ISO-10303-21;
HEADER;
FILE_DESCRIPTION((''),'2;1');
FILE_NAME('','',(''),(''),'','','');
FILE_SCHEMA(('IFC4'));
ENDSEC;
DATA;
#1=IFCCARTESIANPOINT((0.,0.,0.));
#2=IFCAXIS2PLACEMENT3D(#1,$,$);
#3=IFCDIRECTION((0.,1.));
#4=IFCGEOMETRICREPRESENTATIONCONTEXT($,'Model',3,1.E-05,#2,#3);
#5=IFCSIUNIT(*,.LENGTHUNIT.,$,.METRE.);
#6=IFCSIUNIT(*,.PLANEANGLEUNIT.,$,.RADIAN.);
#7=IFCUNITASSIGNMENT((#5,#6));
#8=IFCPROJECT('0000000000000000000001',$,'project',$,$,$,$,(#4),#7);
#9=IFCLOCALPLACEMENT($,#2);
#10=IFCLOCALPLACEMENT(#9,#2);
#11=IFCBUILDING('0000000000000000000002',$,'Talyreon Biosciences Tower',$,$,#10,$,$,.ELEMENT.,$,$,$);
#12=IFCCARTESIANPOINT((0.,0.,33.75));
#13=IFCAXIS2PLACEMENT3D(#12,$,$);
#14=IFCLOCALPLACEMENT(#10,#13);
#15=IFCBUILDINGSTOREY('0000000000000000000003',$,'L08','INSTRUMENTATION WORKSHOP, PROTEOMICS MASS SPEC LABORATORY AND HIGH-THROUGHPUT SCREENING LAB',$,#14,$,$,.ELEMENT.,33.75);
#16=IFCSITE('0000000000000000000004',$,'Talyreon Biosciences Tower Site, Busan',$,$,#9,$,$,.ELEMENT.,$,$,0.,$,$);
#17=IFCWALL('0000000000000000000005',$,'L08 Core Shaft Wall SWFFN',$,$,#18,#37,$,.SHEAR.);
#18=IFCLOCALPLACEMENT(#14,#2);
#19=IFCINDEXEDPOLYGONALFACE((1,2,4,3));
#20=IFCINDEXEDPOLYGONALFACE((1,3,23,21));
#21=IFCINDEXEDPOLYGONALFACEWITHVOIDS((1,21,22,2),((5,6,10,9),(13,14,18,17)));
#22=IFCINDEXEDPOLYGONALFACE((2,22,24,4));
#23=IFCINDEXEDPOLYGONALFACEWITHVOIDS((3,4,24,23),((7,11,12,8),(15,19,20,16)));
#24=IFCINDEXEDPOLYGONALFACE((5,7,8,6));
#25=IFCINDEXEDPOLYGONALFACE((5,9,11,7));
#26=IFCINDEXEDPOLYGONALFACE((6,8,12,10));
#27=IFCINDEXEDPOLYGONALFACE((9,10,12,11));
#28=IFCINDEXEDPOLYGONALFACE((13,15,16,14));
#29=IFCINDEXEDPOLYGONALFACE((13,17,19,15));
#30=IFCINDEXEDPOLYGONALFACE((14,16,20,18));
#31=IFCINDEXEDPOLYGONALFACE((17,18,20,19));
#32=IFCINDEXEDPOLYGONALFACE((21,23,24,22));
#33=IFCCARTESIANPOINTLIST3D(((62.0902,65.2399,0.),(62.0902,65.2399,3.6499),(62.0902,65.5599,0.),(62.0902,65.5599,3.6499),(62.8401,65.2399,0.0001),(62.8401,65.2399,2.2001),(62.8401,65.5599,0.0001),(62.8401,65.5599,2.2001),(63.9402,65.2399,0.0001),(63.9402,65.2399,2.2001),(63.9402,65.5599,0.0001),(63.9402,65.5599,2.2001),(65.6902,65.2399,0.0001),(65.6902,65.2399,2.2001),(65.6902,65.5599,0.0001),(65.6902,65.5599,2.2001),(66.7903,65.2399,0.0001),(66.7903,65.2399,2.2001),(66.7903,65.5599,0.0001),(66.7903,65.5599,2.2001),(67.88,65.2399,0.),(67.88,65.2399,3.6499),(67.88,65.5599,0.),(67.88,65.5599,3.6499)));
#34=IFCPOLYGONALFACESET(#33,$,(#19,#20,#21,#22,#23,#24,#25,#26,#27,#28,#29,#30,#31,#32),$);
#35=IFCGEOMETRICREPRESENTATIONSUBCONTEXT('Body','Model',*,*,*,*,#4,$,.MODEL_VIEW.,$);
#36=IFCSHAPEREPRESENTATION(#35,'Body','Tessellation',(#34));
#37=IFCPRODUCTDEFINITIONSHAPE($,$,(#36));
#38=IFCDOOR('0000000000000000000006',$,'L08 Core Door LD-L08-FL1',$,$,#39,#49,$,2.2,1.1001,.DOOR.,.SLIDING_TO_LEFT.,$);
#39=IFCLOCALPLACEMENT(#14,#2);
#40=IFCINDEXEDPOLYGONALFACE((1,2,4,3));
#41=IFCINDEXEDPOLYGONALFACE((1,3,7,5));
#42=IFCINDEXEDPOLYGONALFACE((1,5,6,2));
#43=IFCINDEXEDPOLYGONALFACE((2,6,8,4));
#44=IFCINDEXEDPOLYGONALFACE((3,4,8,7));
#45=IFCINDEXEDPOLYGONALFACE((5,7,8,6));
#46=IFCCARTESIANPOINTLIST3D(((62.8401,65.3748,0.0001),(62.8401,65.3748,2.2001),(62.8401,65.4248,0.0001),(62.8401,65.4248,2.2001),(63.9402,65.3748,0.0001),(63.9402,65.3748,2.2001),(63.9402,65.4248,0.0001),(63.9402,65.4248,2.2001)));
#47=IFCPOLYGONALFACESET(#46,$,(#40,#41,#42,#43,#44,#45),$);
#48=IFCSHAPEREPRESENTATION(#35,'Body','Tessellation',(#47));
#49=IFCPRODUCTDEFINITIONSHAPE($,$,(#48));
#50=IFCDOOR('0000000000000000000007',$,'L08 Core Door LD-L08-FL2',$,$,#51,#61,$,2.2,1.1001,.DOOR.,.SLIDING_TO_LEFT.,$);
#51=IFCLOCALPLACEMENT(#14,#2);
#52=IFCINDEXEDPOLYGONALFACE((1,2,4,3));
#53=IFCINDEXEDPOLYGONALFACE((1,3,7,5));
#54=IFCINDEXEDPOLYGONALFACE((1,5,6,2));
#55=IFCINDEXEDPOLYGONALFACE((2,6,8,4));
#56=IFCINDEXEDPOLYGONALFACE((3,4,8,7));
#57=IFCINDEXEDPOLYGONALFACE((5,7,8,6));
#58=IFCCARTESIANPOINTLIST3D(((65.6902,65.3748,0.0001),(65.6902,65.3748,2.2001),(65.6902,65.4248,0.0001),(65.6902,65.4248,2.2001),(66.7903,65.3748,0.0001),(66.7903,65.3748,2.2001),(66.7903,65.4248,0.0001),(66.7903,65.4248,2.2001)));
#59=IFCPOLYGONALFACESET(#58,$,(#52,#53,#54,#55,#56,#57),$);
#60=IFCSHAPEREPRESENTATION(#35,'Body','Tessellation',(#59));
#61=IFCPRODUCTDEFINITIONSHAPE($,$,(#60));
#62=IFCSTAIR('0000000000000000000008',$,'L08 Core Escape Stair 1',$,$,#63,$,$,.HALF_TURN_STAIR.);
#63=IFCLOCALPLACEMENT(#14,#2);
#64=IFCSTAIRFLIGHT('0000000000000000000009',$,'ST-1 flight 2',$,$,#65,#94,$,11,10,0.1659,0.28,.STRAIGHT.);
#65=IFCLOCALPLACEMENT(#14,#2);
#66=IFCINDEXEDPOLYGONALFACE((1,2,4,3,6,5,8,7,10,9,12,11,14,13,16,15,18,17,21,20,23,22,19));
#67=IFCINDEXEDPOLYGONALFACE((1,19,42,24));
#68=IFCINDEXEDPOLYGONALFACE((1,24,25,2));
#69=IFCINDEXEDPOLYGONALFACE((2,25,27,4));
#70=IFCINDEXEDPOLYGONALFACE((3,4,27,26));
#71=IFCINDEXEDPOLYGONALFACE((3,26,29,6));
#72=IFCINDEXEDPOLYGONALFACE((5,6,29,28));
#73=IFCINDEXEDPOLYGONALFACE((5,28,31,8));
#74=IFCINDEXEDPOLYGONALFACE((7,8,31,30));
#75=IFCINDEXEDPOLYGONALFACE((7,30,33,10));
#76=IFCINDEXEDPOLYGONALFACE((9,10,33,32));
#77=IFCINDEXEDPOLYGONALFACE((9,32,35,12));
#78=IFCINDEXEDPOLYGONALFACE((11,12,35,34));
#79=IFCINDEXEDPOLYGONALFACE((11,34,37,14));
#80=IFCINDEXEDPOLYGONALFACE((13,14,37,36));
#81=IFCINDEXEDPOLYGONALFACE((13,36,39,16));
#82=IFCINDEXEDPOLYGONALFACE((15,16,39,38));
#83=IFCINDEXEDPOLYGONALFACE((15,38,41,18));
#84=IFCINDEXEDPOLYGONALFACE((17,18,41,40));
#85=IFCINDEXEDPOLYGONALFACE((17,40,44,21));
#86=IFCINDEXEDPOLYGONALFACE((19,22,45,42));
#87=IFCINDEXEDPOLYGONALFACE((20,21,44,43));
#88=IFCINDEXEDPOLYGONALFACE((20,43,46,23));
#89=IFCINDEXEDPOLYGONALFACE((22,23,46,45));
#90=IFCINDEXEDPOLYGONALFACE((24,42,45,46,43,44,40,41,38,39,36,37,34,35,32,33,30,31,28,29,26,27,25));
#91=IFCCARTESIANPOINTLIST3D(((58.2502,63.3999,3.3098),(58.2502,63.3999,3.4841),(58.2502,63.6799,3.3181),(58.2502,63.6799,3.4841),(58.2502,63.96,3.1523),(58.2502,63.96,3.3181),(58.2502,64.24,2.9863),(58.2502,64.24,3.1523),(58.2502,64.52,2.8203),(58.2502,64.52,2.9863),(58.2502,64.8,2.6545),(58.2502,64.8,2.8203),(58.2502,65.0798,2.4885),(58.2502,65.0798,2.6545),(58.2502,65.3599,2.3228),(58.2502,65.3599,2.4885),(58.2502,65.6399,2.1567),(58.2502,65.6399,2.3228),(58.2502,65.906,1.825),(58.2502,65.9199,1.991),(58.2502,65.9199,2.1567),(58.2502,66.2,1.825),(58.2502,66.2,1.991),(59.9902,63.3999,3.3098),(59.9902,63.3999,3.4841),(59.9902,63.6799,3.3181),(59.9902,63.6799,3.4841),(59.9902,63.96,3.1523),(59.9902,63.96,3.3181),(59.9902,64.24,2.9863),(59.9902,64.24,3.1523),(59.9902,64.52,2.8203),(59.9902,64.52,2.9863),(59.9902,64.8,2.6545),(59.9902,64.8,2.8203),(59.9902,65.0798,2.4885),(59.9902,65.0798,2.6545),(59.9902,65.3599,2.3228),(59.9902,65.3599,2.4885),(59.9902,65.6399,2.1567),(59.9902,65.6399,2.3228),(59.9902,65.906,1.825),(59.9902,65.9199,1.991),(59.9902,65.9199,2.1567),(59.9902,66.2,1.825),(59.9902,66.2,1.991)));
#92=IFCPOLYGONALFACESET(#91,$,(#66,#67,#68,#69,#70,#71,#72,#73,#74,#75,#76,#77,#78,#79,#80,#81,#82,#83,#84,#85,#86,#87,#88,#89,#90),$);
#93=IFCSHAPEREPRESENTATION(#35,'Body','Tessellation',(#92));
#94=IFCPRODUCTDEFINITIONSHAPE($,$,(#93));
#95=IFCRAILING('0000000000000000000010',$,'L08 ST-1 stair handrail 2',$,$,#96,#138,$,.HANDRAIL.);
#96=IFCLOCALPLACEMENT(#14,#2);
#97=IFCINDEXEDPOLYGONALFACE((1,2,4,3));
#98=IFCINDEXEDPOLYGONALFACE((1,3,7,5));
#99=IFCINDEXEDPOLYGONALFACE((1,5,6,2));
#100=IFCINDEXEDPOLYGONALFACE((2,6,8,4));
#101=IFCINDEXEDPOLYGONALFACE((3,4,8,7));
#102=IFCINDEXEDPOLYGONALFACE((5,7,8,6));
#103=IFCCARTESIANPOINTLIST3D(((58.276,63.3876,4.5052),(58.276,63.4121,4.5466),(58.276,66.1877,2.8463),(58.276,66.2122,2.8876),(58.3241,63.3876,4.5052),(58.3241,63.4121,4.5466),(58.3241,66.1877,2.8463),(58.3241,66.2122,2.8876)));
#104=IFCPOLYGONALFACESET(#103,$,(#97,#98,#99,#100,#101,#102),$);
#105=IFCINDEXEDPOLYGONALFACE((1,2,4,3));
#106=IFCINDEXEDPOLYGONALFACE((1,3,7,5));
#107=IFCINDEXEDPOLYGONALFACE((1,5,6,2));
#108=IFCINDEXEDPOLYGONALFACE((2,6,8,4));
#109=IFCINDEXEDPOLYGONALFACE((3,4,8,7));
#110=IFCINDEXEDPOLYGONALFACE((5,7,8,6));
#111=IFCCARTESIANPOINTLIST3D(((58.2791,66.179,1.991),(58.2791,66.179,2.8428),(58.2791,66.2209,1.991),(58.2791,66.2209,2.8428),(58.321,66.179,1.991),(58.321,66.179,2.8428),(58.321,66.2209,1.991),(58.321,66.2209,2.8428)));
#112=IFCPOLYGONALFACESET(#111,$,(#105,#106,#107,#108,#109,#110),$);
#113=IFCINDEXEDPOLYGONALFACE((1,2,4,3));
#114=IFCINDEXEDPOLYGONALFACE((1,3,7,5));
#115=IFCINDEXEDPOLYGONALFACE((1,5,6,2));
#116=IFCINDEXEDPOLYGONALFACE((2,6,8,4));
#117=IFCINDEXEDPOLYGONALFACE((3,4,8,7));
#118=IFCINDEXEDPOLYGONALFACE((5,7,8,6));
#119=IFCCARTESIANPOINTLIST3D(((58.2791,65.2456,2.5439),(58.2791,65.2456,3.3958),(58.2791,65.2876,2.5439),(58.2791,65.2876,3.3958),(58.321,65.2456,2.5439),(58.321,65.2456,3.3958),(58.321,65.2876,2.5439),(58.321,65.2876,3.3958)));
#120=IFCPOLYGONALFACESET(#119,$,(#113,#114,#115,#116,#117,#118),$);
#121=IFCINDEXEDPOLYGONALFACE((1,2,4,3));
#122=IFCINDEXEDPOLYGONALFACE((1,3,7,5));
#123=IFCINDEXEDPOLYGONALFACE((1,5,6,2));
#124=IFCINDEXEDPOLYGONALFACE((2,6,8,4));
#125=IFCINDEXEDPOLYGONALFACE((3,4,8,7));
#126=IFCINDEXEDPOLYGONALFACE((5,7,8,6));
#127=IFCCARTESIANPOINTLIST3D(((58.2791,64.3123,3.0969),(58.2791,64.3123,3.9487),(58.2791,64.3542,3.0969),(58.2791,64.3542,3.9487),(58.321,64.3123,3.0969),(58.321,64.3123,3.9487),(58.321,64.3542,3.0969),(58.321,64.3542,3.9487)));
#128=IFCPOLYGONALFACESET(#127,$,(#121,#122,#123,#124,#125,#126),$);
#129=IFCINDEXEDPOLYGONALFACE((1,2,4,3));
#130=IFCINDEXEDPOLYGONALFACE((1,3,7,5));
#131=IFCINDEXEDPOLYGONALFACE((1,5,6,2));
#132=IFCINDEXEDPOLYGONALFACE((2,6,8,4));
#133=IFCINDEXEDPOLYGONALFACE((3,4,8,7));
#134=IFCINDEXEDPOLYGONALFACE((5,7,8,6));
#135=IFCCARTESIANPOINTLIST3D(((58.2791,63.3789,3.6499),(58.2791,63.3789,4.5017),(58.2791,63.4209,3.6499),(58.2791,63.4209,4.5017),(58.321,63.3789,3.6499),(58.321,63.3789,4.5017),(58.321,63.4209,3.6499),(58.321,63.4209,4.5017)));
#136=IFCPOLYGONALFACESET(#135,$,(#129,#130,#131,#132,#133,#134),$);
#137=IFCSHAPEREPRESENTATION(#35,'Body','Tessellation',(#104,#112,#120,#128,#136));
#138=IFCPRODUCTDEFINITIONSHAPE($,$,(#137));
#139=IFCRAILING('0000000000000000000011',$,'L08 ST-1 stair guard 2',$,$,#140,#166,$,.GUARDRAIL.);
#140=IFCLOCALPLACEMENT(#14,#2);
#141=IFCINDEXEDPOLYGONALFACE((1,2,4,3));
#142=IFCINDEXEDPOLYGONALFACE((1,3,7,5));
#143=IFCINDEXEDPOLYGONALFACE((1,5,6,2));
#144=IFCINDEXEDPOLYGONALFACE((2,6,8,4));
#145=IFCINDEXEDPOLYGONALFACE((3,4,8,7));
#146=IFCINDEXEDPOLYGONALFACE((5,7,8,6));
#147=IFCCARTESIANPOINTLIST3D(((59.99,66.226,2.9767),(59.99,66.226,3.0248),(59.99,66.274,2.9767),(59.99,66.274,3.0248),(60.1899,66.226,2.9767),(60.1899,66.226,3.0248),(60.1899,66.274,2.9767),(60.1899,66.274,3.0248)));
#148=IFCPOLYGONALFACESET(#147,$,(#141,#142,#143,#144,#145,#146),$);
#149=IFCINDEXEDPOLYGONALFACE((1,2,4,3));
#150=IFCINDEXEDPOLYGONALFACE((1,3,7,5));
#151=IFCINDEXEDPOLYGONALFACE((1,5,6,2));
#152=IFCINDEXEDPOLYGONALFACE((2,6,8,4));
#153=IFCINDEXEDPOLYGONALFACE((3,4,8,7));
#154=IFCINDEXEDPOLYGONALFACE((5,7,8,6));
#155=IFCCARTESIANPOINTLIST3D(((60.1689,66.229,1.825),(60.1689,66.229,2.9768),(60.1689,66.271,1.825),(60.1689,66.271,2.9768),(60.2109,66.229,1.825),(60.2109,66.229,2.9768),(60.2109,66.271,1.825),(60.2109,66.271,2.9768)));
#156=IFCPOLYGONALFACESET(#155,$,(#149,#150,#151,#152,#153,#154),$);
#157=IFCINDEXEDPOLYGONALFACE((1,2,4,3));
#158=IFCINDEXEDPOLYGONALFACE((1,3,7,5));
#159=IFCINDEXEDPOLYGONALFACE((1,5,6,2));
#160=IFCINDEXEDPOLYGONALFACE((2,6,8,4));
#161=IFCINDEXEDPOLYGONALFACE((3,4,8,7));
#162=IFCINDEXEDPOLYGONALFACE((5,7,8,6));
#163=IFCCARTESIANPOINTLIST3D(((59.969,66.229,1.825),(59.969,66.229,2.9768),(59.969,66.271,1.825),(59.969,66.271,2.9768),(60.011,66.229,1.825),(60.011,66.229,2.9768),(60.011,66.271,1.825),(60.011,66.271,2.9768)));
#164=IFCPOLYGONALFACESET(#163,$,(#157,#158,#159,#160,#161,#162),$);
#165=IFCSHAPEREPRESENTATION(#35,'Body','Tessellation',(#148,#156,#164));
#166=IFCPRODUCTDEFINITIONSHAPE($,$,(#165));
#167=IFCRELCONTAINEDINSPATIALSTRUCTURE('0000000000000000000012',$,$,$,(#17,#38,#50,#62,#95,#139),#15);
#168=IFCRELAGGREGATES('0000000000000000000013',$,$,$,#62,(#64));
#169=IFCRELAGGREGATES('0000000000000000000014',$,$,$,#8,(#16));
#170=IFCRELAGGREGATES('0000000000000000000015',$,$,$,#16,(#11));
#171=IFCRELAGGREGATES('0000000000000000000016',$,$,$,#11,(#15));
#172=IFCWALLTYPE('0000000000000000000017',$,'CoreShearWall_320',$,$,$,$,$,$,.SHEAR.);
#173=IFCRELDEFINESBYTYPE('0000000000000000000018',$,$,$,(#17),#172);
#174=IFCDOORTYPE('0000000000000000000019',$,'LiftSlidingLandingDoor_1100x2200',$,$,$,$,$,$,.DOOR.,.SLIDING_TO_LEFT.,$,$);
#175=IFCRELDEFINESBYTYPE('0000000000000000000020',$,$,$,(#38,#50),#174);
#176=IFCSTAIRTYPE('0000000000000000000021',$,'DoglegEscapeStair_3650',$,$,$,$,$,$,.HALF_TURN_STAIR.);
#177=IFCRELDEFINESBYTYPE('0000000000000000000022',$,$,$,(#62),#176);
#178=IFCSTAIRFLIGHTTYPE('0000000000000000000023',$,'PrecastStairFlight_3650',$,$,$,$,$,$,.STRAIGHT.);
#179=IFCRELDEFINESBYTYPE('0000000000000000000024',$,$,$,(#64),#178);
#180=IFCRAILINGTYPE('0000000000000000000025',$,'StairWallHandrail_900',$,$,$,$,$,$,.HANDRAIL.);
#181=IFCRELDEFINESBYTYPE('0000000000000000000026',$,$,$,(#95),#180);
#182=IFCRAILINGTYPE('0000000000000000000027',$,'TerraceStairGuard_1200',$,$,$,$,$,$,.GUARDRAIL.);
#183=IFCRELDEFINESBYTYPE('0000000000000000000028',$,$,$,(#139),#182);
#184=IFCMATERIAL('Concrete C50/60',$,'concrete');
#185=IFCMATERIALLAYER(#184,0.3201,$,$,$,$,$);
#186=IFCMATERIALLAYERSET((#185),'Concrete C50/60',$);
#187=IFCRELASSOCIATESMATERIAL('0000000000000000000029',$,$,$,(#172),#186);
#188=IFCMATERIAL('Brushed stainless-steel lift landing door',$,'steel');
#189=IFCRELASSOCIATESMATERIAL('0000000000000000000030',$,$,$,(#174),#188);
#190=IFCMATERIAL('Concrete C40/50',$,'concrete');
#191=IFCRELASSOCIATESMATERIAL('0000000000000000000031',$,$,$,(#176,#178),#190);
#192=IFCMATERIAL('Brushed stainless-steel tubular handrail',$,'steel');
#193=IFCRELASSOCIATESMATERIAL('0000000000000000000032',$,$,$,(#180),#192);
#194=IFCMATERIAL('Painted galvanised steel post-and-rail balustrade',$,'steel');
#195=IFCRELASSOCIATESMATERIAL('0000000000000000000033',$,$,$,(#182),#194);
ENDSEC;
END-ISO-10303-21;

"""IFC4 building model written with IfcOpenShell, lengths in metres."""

from ifc_helpers import new_model, si_unit, direction, frame, frame_2d, origin, origin_2d, place, context, subcontext, project, spatial, polyline, rectangle, outline, extrude, material, layer, layer_set, type_object, element, fill, aggregate, save


model = new_model("IFC4")

# Units and contexts
model_context = context("Model", 3, precision=1e-05, world=origin(), true_north=direction((0.0, 1.0)))
body_context = subcontext(model_context, "Body", "Model", "MODEL_VIEW")
ifc_project = project(units=[si_unit("LENGTHUNIT", "METRE"), si_unit("PLANEANGLEUNIT", "RADIAN")], contexts=[model_context])

# Site, building, storey
site_placement = place(None, origin())
site = spatial("IfcSite", under=ifc_project, at=site_placement, Name="Talyreon Biosciences Tower Site, Busan", CompositionType="ELEMENT", RefElevation=0.0)
building_placement = place(site_placement, origin())
building = spatial("IfcBuilding", under=site, at=building_placement, Name="Talyreon Biosciences Tower", CompositionType="ELEMENT")
storey_placement = place(building_placement, frame((0.0, 0.0, 33.75)))
storey = spatial("IfcBuildingStorey", under=building, at=storey_placement, Name="L08", Description="INSTRUMENTATION WORKSHOP, PROTEOMICS MASS SPEC LABORATORY AND HIGH-THROUGHPUT SCREENING LAB", CompositionType="ELEMENT", Elevation=33.75)

# Shared definitions
ifc_material_1 = material(Name="Concrete C50/60", Category="concrete")
ifc_layer_1 = layer(ifc_material_1, 0.3201)
ifc_layer_set_1 = layer_set([ifc_layer_1], Name="Concrete C50/60")
wall_type_1 = type_object("IfcWallType", Name="CoreShearWall_320", PredefinedType="SHEAR", material=ifc_layer_set_1)

# Shared definitions
ifc_material_2 = material(Name="Brushed stainless-steel lift landing door", Category="steel")
door_type = type_object("IfcDoorType", Name="LiftSlidingLandingDoor_1100x2200", OperationType="SLIDING_TO_LEFT", PredefinedType="DOOR", material=ifc_material_2)

# Wall, openings, doors
wall_1_placement = place(storey_placement, frame((62.0901, 65.3999, 0.0), z_axis=(0.0, 0.0, 1.0), x_axis=(1.0, 0.0, 0.0)))
wall_1 = element("IfcWall", 1, at=wall_1_placement, inside=storey, type_object=wall_type_1, Name="L08 Core Shaft Wall SWFFN", PredefinedType="SHEAR", context=body_context, shape_type="SweptSolid", body=[
    extrude(rectangle(XDim=5.7898, YDim=0.3201, at=frame_2d((2.895, 0.0))), origin(), (0.0, 0.0, 1.0), 3.6499),
])
opening_1_placement = place(wall_1_placement, frame((0.75, 0.0, 0.0)))
opening_1 = element("IfcOpeningElement", 2, at=opening_1_placement, cuts=wall_1, PredefinedType="OPENING", context=body_context, shape_type="SweptSolid", body=[
    extrude(rectangle(XDim=1.1001, YDim=2.2, at=frame_2d((0.55, 1.1001))), frame((0.0, 0.1699, 0.0), z_axis=(0.0, -1.0, 0.0), x_axis=(1.0, 0.0, 0.0)), (0.0, 0.0, 1.0), 0.3401),
])
opening_2_placement = place(wall_1_placement, frame((3.6001, 0.0, 0.0)))
opening_2 = element("IfcOpeningElement", 3, at=opening_2_placement, cuts=wall_1, PredefinedType="OPENING", context=body_context, shape_type="SweptSolid", body=[
    extrude(rectangle(XDim=1.1001, YDim=2.2, at=frame_2d((0.55, 1.1001))), frame((0.0, 0.1699, 0.0), z_axis=(0.0, -1.0, 0.0), x_axis=(1.0, 0.0, 0.0)), (0.0, 0.0, 1.0), 0.3401),
])
door_1_placement = place(opening_1_placement, origin())
door_1 = element("IfcDoor", 4, at=door_1_placement, inside=storey, type_object=door_type, Name="L08 Core Door LD-L08-FL1", OperationType="SLIDING_TO_LEFT", OverallHeight=2.2, OverallWidth=1.1001, PredefinedType="DOOR", context=body_context, shape_type="SweptSolid", body=[
    extrude(rectangle(XDim=1.1001, YDim=2.2, at=frame_2d((0.55, 1.1001))), frame((0.0, 0.0249, 0.0), z_axis=(0.0, -1.0, 0.0), x_axis=(1.0, 0.0, 0.0)), (0.0, 0.0, 1.0), 0.05),
])
fill(opening_1, door_1)
door_2_placement = place(opening_2_placement, origin())
door_2 = element("IfcDoor", 5, at=door_2_placement, inside=storey, type_object=door_type, Name="L08 Core Door LD-L08-FL2", OperationType="SLIDING_TO_LEFT", OverallHeight=2.2, OverallWidth=1.1001, PredefinedType="DOOR", context=body_context, shape_type="SweptSolid", body=[
    extrude(rectangle(XDim=1.1001, YDim=2.2, at=frame_2d((0.55, 1.1001))), frame((0.0, 0.0249, 0.0), z_axis=(0.0, -1.0, 0.0), x_axis=(1.0, 0.0, 0.0)), (0.0, 0.0, 1.0), 0.05),
])
fill(opening_2, door_2)

# Stair, stair flight
ifc_material_3 = material(Name="Concrete C40/50", Category="concrete")
stair_type = type_object("IfcStairType", Name="DoglegEscapeStair_3650", PredefinedType="HALF_TURN_STAIR", material=ifc_material_3)
stair_placement = place(storey_placement, origin())
stair = element("IfcStair", 6, at=stair_placement, inside=storey, type_object=stair_type, Name="L08 Core Escape Stair 1", PredefinedType="HALF_TURN_STAIR")
stair_flight_type = type_object("IfcStairFlightType", Name="PrecastStairFlight_3650", PredefinedType="STRAIGHT", material=ifc_material_3)
stair_flight_placement = place(storey_placement, frame((59.1201, 66.2, 1.825), z_axis=(0.0, 0.0, 1.0), x_axis=(0.0, -1.0, 0.0)))
stair_flight = element("IfcStairFlight", 7, at=stair_flight_placement, type_object=stair_flight_type, Name="ST-1 flight 2", NumberOfRisers=11, NumberOfTreads=10, PredefinedType="STRAIGHT", RiserHeight=0.1659, TreadLength=0.28, context=body_context, shape_type="SweptSolid", body=[
    extrude(outline(polyline([(0.0, 0.0), (0.0, 0.166), (0.28, 0.166), (0.28, 0.3318), (0.5601, 0.3318), (0.5601, 0.4978), (0.8401, 0.4978), (0.8401, 0.6636), (1.1201, 0.6636), (1.1201, 0.8296), (1.3999, 0.8296), (1.3999, 0.9954), (1.6799, 0.9954), (1.6799, 1.1614), (1.96, 1.1614), (1.96, 1.3274), (2.24, 1.3274), (2.24, 1.4932), (2.52, 1.4932), (2.52, 1.6592), (2.8, 1.6592), (2.8, 1.825), (2.8, 1.4849), (0.2939, 0.0), (0.0, 0.0)])), frame((0.0, 0.8701, 0.0), z_axis=(0.0, -1.0, 0.0), x_axis=(1.0, 0.0, 0.0)), (0.0, 0.0, 1.0), 1.74),
])
aggregate(stair, [stair_flight])

# Railings
ifc_material_4 = material(Name="Brushed stainless-steel tubular handrail", Category="steel")
railing_type_1 = type_object("IfcRailingType", Name="StairWallHandrail_900", PredefinedType="HANDRAIL", material=ifc_material_4)
railing_1_placement = place(storey_placement, frame((58.3, 66.2, 1.991)))
element("IfcRailing", 8, at=railing_1_placement, inside=storey, type_object=railing_type_1, Name="L08 ST-1 stair handrail 2", PredefinedType="HANDRAIL", context=body_context, shape_type="SweptSolid", body=[
    extrude(rectangle(XDim=0.0481, YDim=0.0481, at=origin_2d()), frame((0.0, 0.0, 0.876), z_axis=(0.0, -0.860339, 0.509722), x_axis=(1.0, 0.0, 0.0)), (0.0, 0.0, 1.0), 3.2546),
    extrude(rectangle(XDim=0.042, YDim=0.042, at=origin_2d()), origin(), (0.0, 0.0, 1.0), 0.8518),
    extrude(rectangle(XDim=0.042, YDim=0.042, at=origin_2d()), frame((0.0, -0.9333, 0.553)), (0.0, 0.0, 1.0), 0.8518),
    extrude(rectangle(XDim=0.042, YDim=0.042, at=origin_2d()), frame((0.0, -1.8667, 1.106)), (0.0, 0.0, 1.0), 0.8518),
    extrude(rectangle(XDim=0.042, YDim=0.042, at=origin_2d()), frame((0.0, -2.8, 1.6589)), (0.0, 0.0, 1.0), 0.8518),
])
ifc_material_5 = material(Name="Painted galvanised steel post-and-rail balustrade", Category="steel")
railing_type_2 = type_object("IfcRailingType", Name="TerraceStairGuard_1200", PredefinedType="GUARDRAIL", material=ifc_material_5)
railing_2_placement = place(storey_placement, frame((60.1899, 66.25, 1.825)))
element("IfcRailing", 9, at=railing_2_placement, inside=storey, type_object=railing_type_2, Name="L08 ST-1 stair guard 2", PredefinedType="GUARDRAIL", context=body_context, shape_type="SweptSolid", body=[
    extrude(rectangle(XDim=0.0481, YDim=0.0481, at=origin_2d()), frame((0.0, 0.0, 1.1758), z_axis=(-1.0, 0.0, 0.0), x_axis=(0.0, -1.0, 0.0)), (0.0, 0.0, 1.0), 0.2),
    extrude(rectangle(XDim=0.042, YDim=0.042, at=origin_2d()), origin(), (0.0, 0.0, 1.0), 1.1519),
    extrude(rectangle(XDim=0.042, YDim=0.042, at=origin_2d()), frame((-0.2, 0.0, 0.0)), (0.0, 0.0, 1.0), 1.1519),
])

save(model, "model.ifc")
